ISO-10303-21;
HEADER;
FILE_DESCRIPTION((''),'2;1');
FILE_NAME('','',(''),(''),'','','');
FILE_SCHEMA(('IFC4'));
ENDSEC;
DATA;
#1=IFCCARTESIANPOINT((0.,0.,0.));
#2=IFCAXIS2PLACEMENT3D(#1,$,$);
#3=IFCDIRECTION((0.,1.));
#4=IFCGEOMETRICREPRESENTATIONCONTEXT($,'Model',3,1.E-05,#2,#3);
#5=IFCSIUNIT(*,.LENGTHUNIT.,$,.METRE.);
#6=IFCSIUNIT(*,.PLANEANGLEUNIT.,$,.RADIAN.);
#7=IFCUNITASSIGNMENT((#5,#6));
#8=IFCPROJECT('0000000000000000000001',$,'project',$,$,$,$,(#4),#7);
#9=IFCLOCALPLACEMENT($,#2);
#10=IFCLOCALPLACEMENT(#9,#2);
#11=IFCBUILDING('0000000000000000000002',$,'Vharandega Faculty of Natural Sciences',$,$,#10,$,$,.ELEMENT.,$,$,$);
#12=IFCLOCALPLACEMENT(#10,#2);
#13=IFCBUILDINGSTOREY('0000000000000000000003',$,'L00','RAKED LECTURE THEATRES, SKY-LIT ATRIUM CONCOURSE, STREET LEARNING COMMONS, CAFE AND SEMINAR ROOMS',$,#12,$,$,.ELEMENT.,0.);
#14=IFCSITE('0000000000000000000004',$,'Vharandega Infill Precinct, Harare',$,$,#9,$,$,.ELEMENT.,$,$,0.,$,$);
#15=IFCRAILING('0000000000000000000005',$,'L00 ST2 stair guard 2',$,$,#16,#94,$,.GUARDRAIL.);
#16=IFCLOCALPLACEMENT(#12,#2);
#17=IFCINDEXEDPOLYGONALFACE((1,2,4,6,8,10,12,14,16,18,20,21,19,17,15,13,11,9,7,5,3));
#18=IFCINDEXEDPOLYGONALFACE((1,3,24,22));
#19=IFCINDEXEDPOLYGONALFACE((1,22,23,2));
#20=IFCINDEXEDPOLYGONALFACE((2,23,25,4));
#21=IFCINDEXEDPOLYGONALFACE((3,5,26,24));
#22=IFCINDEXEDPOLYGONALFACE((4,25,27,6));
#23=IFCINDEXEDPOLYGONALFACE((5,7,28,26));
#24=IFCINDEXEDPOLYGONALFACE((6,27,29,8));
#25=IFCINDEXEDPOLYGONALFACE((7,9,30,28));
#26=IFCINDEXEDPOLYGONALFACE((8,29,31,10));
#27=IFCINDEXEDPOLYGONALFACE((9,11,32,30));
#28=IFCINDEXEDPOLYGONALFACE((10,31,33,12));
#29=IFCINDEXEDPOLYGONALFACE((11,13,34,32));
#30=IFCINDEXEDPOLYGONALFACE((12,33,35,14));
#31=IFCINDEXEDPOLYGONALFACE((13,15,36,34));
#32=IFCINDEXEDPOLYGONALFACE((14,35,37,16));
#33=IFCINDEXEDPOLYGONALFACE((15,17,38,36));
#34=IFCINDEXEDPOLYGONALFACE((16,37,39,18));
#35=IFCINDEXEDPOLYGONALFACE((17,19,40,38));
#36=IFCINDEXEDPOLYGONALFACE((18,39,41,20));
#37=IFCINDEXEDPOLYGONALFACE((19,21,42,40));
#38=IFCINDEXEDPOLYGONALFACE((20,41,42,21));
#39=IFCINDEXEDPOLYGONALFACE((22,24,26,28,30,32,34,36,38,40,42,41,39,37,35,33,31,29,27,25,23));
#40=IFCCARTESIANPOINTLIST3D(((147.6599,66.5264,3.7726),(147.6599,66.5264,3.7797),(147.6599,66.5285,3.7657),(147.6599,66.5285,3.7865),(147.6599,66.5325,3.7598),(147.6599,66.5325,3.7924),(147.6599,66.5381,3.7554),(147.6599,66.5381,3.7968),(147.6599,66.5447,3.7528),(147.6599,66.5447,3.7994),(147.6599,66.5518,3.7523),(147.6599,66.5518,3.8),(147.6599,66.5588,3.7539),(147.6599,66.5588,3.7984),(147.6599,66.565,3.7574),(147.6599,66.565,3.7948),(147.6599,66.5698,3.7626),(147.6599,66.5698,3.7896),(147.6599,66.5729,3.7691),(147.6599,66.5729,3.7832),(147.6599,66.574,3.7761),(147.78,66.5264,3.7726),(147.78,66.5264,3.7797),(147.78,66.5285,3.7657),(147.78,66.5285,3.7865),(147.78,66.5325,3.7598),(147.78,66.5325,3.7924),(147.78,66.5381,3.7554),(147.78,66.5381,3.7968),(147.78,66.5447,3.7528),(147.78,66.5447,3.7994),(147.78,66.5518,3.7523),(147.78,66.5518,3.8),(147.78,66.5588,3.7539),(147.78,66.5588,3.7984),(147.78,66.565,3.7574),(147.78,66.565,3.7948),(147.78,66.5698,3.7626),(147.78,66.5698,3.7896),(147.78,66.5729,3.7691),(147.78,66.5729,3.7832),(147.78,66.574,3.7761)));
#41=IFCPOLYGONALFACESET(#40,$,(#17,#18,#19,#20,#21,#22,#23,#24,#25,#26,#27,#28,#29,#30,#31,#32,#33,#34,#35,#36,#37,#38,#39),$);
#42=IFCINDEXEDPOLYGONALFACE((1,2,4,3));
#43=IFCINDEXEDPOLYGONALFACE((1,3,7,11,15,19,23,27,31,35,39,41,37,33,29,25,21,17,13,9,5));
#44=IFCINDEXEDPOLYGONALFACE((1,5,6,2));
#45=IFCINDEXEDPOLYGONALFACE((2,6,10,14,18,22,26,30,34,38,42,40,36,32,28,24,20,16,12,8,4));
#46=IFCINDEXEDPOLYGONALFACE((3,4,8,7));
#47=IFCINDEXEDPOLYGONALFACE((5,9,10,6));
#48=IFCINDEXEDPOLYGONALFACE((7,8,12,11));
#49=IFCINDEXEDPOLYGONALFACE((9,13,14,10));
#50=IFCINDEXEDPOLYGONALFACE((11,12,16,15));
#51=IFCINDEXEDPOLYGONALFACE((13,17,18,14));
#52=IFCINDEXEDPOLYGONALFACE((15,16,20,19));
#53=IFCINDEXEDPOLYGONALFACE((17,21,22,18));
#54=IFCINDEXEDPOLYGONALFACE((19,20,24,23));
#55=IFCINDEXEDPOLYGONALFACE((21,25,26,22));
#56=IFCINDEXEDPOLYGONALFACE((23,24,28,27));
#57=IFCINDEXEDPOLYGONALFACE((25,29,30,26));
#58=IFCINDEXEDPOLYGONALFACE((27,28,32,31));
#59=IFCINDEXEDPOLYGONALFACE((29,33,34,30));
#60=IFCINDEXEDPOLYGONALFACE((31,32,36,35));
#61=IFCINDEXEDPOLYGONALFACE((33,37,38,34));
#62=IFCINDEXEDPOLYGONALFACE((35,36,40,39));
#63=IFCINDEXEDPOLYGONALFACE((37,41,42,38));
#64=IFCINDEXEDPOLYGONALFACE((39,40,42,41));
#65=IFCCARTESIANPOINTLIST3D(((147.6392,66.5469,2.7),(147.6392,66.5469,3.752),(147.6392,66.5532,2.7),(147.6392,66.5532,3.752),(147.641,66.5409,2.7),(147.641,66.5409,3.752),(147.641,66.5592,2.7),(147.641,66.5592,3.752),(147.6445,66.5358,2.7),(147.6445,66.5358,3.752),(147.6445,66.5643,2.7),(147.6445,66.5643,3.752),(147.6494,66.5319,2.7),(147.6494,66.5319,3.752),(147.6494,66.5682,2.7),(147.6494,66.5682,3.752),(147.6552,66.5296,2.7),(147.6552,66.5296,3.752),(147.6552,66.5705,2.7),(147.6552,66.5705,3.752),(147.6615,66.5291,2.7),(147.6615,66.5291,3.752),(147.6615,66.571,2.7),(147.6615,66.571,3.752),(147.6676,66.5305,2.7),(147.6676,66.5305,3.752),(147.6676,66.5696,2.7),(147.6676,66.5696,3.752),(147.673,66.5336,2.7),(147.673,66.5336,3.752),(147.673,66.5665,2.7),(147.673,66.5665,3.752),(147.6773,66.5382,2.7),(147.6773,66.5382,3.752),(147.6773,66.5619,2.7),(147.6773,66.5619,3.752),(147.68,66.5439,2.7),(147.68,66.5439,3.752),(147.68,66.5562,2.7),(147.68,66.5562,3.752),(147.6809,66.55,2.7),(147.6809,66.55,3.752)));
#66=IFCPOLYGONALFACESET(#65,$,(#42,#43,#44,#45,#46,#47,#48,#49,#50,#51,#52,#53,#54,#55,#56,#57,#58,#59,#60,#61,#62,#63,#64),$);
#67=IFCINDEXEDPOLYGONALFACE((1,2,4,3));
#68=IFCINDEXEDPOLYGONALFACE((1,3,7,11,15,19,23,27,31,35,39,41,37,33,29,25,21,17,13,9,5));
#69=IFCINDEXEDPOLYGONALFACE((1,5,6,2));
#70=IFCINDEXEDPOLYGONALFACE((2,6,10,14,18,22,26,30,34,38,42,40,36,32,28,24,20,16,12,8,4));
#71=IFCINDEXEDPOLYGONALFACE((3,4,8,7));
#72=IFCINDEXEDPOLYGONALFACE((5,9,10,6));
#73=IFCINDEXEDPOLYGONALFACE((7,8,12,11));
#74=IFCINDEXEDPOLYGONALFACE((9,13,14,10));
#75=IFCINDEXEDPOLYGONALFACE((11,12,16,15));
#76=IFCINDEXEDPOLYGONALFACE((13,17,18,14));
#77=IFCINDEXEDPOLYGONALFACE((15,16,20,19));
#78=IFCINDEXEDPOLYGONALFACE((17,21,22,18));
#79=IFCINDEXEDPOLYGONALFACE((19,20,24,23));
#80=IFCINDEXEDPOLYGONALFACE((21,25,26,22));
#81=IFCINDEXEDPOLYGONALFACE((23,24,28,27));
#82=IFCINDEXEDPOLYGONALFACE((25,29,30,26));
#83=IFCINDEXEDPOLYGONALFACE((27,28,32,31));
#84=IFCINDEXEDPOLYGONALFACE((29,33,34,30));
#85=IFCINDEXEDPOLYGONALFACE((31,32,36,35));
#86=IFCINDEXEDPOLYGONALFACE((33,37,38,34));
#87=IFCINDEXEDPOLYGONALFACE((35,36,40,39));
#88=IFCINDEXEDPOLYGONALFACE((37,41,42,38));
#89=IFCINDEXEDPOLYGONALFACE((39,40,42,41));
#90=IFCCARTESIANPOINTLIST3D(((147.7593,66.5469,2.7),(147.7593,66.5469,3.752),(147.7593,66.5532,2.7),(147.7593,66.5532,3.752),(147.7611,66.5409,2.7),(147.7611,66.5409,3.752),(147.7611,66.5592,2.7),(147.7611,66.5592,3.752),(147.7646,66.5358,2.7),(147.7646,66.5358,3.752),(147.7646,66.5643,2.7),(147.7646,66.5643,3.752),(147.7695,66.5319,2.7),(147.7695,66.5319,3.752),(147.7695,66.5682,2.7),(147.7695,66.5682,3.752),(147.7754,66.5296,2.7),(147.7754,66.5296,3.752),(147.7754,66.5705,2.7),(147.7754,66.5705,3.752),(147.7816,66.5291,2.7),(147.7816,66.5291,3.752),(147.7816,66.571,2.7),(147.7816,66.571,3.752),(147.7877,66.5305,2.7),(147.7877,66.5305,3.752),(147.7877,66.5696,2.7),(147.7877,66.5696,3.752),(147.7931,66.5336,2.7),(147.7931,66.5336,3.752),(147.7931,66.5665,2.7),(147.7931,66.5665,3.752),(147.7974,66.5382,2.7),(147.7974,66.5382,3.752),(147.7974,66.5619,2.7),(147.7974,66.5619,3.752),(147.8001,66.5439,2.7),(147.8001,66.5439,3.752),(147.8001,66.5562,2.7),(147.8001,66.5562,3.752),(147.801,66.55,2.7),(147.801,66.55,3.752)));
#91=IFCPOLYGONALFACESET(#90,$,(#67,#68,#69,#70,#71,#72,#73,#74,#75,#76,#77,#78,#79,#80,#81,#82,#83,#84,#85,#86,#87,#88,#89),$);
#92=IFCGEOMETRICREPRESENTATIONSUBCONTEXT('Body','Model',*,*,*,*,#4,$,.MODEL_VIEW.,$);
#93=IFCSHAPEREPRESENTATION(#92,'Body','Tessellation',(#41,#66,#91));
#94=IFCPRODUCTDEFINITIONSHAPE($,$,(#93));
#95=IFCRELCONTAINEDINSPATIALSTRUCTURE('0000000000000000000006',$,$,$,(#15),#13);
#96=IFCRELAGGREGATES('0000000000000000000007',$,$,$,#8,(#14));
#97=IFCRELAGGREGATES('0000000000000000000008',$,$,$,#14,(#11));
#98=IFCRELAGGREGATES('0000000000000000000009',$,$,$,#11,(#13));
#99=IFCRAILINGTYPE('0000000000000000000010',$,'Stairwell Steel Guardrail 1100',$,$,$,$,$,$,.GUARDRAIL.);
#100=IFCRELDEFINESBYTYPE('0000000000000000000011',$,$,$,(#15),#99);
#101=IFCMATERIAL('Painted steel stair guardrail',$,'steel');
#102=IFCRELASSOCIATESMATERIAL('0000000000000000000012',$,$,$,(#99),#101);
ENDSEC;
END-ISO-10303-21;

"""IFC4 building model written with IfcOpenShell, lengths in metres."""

from ifc_helpers import new_model, si_unit, direction, frame, origin, origin_2d, place, context, subcontext, project, spatial, circle, extrude, material, type_object, element, save


model = new_model("IFC4")

# Units and contexts
model_context = context("Model", 3, precision=1e-05, world=origin(), true_north=direction((0.0, 1.0)))
body_context = subcontext(model_context, "Body", "Model", "MODEL_VIEW")
ifc_project = project(units=[si_unit("LENGTHUNIT", "METRE"), si_unit("PLANEANGLEUNIT", "RADIAN")], contexts=[model_context])

# Site, building, storey
site_placement = place(None, origin())
site = spatial("IfcSite", under=ifc_project, at=site_placement, Name="Vharandega Infill Precinct, Harare", CompositionType="ELEMENT", RefElevation=0.0)
building_placement = place(site_placement, origin())
building = spatial("IfcBuilding", under=site, at=building_placement, Name="Vharandega Faculty of Natural Sciences", CompositionType="ELEMENT")
storey_placement = place(building_placement, origin())
storey = spatial("IfcBuildingStorey", under=building, at=storey_placement, Name="L00", Description="RAKED LECTURE THEATRES, SKY-LIT ATRIUM CONCOURSE, STREET LEARNING COMMONS, CAFE AND SEMINAR ROOMS", CompositionType="ELEMENT", Elevation=0.0)

# Railing
ifc_material_1 = material(Name="Painted steel stair guardrail", Category="steel")
railing_type_1 = type_object("IfcRailingType", Name="Stairwell Steel Guardrail 1100", PredefinedType="GUARDRAIL", material=ifc_material_1)
railing_1_placement = place(storey_placement, frame((147.6599, 66.55, 2.7)))
element("IfcRailing", 1, at=railing_1_placement, inside=storey, type_object=railing_type_1, Name="L00 ST2 stair guard 2", PredefinedType="GUARDRAIL", context=body_context, shape_type="SweptSolid", body=[
    extrude(circle(Radius=0.0239, at=origin_2d()), frame((0.0, 0.0, 1.0762), z_axis=(1.0, 0.0, 0.0), x_axis=(0.0, 1.0, 0.0)), (0.0, 0.0, 1.0), 0.1201),
    extrude(circle(Radius=0.021, at=origin_2d()), origin(), (0.0, 0.0, 1.0), 1.052),
    extrude(circle(Radius=0.021, at=origin_2d()), frame((0.1201, 0.0, 0.0)), (0.0, 0.0, 1.0), 1.052),
])

save(model, "model.ifc")
